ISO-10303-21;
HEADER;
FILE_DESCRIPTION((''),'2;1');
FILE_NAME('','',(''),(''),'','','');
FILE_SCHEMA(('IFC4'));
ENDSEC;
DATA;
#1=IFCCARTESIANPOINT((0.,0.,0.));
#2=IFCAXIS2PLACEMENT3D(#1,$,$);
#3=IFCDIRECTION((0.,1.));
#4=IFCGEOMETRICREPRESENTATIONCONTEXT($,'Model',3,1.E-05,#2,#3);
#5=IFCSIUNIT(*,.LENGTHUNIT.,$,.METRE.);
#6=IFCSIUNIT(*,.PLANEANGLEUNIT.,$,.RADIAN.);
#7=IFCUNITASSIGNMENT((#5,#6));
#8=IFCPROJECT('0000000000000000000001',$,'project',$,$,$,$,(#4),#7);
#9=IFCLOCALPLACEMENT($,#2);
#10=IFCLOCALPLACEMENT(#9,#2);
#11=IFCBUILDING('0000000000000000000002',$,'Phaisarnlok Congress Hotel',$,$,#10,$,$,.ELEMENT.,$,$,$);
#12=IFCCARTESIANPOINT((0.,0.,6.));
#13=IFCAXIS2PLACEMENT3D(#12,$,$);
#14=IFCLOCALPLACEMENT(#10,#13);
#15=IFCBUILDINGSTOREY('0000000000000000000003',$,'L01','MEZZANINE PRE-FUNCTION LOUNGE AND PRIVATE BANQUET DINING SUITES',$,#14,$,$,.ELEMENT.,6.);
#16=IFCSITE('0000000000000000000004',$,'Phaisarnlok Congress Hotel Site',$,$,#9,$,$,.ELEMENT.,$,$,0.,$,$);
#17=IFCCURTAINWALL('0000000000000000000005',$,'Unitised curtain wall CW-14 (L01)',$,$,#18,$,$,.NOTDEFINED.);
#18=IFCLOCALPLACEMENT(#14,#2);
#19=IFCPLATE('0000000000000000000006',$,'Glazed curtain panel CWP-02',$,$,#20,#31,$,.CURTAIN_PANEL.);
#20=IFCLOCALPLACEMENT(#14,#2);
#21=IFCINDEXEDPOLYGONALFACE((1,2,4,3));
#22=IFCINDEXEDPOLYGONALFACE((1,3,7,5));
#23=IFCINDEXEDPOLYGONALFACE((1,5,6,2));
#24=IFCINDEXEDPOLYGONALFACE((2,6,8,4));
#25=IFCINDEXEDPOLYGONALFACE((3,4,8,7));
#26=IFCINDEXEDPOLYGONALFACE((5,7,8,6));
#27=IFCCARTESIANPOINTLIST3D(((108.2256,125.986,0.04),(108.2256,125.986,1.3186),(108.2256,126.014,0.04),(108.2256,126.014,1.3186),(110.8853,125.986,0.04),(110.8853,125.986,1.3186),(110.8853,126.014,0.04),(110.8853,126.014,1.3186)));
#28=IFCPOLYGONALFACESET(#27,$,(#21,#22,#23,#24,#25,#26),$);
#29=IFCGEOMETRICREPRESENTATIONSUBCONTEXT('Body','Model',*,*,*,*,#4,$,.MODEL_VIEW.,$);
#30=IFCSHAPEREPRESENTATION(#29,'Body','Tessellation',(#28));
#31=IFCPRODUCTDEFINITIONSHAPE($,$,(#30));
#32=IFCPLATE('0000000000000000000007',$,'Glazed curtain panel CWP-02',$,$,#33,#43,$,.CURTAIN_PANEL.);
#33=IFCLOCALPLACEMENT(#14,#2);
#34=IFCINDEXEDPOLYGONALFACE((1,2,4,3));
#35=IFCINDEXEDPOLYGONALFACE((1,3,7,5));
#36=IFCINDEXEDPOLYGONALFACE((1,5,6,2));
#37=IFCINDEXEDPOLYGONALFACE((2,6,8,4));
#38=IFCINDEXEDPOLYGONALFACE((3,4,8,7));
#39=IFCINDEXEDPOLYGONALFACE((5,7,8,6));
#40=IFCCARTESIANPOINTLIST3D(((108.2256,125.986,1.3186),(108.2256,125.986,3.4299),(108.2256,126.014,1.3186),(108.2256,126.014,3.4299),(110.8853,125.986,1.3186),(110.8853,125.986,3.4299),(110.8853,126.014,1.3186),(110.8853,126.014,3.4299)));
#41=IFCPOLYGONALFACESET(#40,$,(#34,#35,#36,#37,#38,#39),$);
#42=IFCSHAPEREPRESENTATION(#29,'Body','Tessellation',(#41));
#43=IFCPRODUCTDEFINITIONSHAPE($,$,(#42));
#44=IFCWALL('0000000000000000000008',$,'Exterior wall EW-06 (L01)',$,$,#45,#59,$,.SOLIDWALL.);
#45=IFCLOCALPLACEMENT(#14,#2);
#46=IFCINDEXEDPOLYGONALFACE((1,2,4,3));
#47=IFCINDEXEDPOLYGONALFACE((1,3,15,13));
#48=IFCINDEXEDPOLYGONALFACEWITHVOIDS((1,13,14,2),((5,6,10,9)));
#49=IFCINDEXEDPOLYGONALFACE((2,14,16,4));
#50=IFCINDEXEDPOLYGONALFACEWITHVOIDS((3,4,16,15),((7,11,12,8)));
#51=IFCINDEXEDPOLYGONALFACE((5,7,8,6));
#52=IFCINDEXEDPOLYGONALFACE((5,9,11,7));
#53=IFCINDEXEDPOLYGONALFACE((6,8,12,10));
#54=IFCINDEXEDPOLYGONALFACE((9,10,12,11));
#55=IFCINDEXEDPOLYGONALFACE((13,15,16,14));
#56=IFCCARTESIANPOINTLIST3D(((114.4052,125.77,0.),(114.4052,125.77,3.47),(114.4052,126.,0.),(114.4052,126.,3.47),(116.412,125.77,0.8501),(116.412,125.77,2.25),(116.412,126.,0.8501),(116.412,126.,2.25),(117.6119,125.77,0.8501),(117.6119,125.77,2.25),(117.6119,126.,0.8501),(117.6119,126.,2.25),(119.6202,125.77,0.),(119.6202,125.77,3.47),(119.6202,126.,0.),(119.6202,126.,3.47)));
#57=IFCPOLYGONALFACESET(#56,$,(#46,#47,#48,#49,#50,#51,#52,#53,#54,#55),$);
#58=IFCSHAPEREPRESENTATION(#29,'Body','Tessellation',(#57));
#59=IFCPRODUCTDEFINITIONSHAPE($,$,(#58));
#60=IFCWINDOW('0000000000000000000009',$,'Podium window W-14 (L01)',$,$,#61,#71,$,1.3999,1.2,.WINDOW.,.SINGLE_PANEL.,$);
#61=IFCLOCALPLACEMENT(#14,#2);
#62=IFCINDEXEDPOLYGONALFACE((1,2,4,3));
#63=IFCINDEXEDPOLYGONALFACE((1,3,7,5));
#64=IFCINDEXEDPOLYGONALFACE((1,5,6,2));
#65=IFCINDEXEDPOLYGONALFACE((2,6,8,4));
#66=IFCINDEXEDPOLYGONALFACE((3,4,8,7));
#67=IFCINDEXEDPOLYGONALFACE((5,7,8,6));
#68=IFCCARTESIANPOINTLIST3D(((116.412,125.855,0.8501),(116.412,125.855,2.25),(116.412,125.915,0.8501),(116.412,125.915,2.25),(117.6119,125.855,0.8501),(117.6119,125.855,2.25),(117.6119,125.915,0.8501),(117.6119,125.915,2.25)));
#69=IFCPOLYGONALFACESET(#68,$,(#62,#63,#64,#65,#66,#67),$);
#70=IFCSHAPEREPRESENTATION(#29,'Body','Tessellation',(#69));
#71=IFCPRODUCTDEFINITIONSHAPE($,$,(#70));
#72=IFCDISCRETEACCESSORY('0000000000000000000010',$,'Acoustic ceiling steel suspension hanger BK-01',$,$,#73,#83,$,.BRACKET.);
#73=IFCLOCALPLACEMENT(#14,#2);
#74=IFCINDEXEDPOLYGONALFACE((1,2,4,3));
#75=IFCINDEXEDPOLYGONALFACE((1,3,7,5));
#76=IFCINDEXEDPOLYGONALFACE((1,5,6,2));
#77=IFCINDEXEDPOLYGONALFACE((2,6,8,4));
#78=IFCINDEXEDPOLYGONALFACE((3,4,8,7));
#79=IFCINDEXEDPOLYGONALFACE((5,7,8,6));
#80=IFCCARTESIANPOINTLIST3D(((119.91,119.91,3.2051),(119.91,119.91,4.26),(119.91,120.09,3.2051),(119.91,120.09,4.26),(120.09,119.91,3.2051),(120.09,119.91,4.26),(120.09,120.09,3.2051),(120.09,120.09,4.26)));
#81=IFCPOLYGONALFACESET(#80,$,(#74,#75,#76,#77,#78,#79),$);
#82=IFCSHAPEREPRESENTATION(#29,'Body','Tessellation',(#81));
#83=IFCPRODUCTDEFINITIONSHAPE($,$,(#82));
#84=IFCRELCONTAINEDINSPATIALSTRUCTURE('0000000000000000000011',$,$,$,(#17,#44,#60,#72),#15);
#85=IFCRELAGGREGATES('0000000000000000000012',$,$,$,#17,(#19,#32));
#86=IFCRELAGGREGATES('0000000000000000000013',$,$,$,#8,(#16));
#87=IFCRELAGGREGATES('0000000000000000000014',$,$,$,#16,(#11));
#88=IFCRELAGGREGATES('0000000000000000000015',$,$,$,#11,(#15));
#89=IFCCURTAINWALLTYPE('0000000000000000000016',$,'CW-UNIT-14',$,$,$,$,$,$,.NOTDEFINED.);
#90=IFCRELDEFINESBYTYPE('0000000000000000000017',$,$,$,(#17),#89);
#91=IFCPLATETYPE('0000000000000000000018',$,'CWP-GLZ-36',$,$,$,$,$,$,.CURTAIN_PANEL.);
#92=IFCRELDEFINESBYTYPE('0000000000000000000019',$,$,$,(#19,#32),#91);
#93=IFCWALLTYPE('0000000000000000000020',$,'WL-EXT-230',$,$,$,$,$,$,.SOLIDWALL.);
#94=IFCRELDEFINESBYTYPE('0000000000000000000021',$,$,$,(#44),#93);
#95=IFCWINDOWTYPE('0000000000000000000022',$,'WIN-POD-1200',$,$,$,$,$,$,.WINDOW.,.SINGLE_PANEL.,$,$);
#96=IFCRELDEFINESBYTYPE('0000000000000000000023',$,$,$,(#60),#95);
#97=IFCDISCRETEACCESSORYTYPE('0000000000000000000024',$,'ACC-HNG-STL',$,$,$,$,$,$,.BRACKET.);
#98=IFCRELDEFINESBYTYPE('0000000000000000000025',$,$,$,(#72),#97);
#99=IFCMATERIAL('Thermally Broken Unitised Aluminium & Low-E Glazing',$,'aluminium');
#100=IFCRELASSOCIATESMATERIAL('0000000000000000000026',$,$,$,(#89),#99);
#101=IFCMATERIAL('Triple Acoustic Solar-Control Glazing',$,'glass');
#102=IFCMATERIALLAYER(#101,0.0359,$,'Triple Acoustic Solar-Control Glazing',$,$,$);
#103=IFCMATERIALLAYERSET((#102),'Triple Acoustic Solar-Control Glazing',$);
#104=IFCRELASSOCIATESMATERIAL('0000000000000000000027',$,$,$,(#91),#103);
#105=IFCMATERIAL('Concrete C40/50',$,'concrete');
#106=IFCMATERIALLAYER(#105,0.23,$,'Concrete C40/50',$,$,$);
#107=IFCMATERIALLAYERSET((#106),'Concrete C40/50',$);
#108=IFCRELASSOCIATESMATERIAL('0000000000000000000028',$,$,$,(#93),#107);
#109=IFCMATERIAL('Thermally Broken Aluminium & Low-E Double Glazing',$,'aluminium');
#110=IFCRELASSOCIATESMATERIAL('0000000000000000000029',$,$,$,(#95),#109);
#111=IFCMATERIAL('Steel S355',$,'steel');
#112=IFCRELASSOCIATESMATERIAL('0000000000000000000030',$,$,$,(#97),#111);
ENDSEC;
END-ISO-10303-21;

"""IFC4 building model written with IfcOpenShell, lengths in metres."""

from ifc_helpers import new_model, si_unit, direction, frame, frame_2d, origin, origin_2d, place, context, subcontext, project, spatial, rectangle, extrude, material, layer, layer_set, type_object, element, fill, aggregate, save


model = new_model("IFC4")

# Units and contexts
model_context = context("Model", 3, precision=1e-05, world=origin(), true_north=direction((0.0, 1.0)))
body_context = subcontext(model_context, "Body", "Model", "MODEL_VIEW")
ifc_project = project(units=[si_unit("LENGTHUNIT", "METRE"), si_unit("PLANEANGLEUNIT", "RADIAN")], contexts=[model_context])

# Site, building, storey
site_placement = place(None, origin())
site = spatial("IfcSite", under=ifc_project, at=site_placement, Name="Phaisarnlok Congress Hotel Site", CompositionType="ELEMENT", RefElevation=0.0)
building_placement = place(site_placement, origin())
building = spatial("IfcBuilding", under=site, at=building_placement, Name="Phaisarnlok Congress Hotel", CompositionType="ELEMENT")
storey_placement = place(building_placement, frame((0.0, 0.0, 6.0)))
storey = spatial("IfcBuildingStorey", under=building, at=storey_placement, Name="L01", Description="MEZZANINE PRE-FUNCTION LOUNGE AND PRIVATE BANQUET DINING SUITES", CompositionType="ELEMENT", Elevation=6.0)

# Shared definitions
ifc_material_1 = material(Name="Concrete C40/50", Category="concrete")

# Shared definitions
ifc_material_2 = material(Name="Thermally Broken Unitised Aluminium & Low-E Glazing", Category="aluminium")

# Curtain wall
curtain_wall_type_1 = type_object("IfcCurtainWallType", Name="CW-UNIT-14", PredefinedType="NOTDEFINED", material=ifc_material_2)
curtain_wall_1_placement = place(storey_placement, origin())
curtain_wall_1 = element("IfcCurtainWall", 1, at=curtain_wall_1_placement, inside=storey, type_object=curtain_wall_type_1, Name="Unitised curtain wall CW-14 (L01)", PredefinedType="NOTDEFINED")

# Shared definitions
ifc_material_3 = material(Name="Steel S355", Category="steel")

# Plates
ifc_material_4 = material(Name="Triple Acoustic Solar-Control Glazing", Category="glass")
ifc_layer_1 = layer(ifc_material_4, 0.0359, Name="Triple Acoustic Solar-Control Glazing")
ifc_layer_set_1 = layer_set([ifc_layer_1], Name="Triple Acoustic Solar-Control Glazing")
plate_type = type_object("IfcPlateType", Name="CWP-GLZ-36", PredefinedType="CURTAIN_PANEL", material=ifc_layer_set_1)
plate_1_placement = place(storey_placement, frame((110.8853, 126.0, 0.04), z_axis=(0.0, 0.0, 1.0), x_axis=(-1.0, 0.0, 0.0)))
plate_1 = element("IfcPlate", 2, at=plate_1_placement, type_object=plate_type, Name="Glazed curtain panel CWP-02", PredefinedType="CURTAIN_PANEL", context=body_context, shape_type="SweptSolid", body=[
    extrude(rectangle(XDim=2.6597, YDim=0.0281, at=frame_2d((1.3298, 0.0))), origin(), (0.0, 0.0, 1.0), 1.2786),
])
plate_2_placement = place(storey_placement, frame((110.8853, 126.0, 1.3186), z_axis=(0.0, 0.0, 1.0), x_axis=(-1.0, 0.0, 0.0)))
plate_2 = element("IfcPlate", 3, at=plate_2_placement, type_object=plate_type, Name="Glazed curtain panel CWP-02", PredefinedType="CURTAIN_PANEL", context=body_context, shape_type="SweptSolid", body=[
    extrude(rectangle(XDim=2.6597, YDim=0.0281, at=frame_2d((1.3298, 0.0))), origin(), (0.0, 0.0, 1.0), 2.1113),
])
aggregate(curtain_wall_1, [plate_1, plate_2])

# Wall, opening, window
ifc_layer_2 = layer(ifc_material_1, 0.23, Name="Concrete C40/50")
ifc_layer_set_2 = layer_set([ifc_layer_2], Name="Concrete C40/50")
wall_type = type_object("IfcWallType", Name="WL-EXT-230", PredefinedType="SOLIDWALL", material=ifc_layer_set_2)
wall_placement = place(storey_placement, frame((119.6201, 125.885, 0.0), z_axis=(0.0, 0.0, 1.0), x_axis=(-1.0, 0.0, 0.0)))
wall = element("IfcWall", 4, at=wall_placement, inside=storey, type_object=wall_type, Name="Exterior wall EW-06 (L01)", PredefinedType="SOLIDWALL", context=body_context, shape_type="SweptSolid", body=[
    extrude(rectangle(XDim=5.2151, YDim=0.23, at=frame_2d((2.6074, 0.0))), origin(), (0.0, 0.0, 1.0), 3.47),
])
opening_placement = place(wall_placement, frame((2.0081, 0.0, 0.8501)))
opening = element("IfcOpeningElement", 5, at=opening_placement, cuts=wall, PredefinedType="OPENING", context=body_context, shape_type="SweptSolid", body=[
    extrude(rectangle(XDim=1.2, YDim=1.3999, at=frame_2d((0.6001, 0.7))), frame((0.0, 0.125, 0.0), z_axis=(0.0, -1.0, 0.0), x_axis=(1.0, 0.0, 0.0)), (0.0, 0.0, 1.0), 0.25),
])
ifc_material_5 = material(Name="Thermally Broken Aluminium & Low-E Double Glazing", Category="aluminium")
window_type = type_object("IfcWindowType", Name="WIN-POD-1200", PartitioningType="SINGLE_PANEL", PredefinedType="WINDOW", material=ifc_material_5)
window_placement = place(opening_placement, origin())
window = element("IfcWindow", 6, at=window_placement, inside=storey, type_object=window_type, Name="Podium window W-14 (L01)", OverallHeight=1.3999, OverallWidth=1.2, PartitioningType="SINGLE_PANEL", PredefinedType="WINDOW", context=body_context, shape_type="SweptSolid", body=[
    extrude(rectangle(XDim=1.2, YDim=1.3999, at=frame_2d((0.6001, 0.7))), frame((0.0, 0.03, 0.0), z_axis=(0.0, -1.0, 0.0), x_axis=(1.0, 0.0, 0.0)), (0.0, 0.0, 1.0), 0.0601),
])
fill(opening, window)

# Discrete accessory
discrete_accessory_type = type_object("IfcDiscreteAccessoryType", Name="ACC-HNG-STL", PredefinedType="BRACKET", material=ifc_material_3)
discrete_accessory_placement = place(storey_placement, frame((120.0, 120.0, 3.2051), z_axis=(0.0, 0.0, 1.0), x_axis=(1.0, 0.0, 0.0)))
element("IfcDiscreteAccessory", 7, at=discrete_accessory_placement, inside=storey, type_object=discrete_accessory_type, Name="Acoustic ceiling steel suspension hanger BK-01", PredefinedType="BRACKET", context=body_context, shape_type="SweptSolid", body=[
    extrude(rectangle(XDim=0.1799, YDim=0.1799, at=origin_2d()), origin(), (0.0, 0.0, 1.0), 1.0549),
])

save(model, "model.ifc")
